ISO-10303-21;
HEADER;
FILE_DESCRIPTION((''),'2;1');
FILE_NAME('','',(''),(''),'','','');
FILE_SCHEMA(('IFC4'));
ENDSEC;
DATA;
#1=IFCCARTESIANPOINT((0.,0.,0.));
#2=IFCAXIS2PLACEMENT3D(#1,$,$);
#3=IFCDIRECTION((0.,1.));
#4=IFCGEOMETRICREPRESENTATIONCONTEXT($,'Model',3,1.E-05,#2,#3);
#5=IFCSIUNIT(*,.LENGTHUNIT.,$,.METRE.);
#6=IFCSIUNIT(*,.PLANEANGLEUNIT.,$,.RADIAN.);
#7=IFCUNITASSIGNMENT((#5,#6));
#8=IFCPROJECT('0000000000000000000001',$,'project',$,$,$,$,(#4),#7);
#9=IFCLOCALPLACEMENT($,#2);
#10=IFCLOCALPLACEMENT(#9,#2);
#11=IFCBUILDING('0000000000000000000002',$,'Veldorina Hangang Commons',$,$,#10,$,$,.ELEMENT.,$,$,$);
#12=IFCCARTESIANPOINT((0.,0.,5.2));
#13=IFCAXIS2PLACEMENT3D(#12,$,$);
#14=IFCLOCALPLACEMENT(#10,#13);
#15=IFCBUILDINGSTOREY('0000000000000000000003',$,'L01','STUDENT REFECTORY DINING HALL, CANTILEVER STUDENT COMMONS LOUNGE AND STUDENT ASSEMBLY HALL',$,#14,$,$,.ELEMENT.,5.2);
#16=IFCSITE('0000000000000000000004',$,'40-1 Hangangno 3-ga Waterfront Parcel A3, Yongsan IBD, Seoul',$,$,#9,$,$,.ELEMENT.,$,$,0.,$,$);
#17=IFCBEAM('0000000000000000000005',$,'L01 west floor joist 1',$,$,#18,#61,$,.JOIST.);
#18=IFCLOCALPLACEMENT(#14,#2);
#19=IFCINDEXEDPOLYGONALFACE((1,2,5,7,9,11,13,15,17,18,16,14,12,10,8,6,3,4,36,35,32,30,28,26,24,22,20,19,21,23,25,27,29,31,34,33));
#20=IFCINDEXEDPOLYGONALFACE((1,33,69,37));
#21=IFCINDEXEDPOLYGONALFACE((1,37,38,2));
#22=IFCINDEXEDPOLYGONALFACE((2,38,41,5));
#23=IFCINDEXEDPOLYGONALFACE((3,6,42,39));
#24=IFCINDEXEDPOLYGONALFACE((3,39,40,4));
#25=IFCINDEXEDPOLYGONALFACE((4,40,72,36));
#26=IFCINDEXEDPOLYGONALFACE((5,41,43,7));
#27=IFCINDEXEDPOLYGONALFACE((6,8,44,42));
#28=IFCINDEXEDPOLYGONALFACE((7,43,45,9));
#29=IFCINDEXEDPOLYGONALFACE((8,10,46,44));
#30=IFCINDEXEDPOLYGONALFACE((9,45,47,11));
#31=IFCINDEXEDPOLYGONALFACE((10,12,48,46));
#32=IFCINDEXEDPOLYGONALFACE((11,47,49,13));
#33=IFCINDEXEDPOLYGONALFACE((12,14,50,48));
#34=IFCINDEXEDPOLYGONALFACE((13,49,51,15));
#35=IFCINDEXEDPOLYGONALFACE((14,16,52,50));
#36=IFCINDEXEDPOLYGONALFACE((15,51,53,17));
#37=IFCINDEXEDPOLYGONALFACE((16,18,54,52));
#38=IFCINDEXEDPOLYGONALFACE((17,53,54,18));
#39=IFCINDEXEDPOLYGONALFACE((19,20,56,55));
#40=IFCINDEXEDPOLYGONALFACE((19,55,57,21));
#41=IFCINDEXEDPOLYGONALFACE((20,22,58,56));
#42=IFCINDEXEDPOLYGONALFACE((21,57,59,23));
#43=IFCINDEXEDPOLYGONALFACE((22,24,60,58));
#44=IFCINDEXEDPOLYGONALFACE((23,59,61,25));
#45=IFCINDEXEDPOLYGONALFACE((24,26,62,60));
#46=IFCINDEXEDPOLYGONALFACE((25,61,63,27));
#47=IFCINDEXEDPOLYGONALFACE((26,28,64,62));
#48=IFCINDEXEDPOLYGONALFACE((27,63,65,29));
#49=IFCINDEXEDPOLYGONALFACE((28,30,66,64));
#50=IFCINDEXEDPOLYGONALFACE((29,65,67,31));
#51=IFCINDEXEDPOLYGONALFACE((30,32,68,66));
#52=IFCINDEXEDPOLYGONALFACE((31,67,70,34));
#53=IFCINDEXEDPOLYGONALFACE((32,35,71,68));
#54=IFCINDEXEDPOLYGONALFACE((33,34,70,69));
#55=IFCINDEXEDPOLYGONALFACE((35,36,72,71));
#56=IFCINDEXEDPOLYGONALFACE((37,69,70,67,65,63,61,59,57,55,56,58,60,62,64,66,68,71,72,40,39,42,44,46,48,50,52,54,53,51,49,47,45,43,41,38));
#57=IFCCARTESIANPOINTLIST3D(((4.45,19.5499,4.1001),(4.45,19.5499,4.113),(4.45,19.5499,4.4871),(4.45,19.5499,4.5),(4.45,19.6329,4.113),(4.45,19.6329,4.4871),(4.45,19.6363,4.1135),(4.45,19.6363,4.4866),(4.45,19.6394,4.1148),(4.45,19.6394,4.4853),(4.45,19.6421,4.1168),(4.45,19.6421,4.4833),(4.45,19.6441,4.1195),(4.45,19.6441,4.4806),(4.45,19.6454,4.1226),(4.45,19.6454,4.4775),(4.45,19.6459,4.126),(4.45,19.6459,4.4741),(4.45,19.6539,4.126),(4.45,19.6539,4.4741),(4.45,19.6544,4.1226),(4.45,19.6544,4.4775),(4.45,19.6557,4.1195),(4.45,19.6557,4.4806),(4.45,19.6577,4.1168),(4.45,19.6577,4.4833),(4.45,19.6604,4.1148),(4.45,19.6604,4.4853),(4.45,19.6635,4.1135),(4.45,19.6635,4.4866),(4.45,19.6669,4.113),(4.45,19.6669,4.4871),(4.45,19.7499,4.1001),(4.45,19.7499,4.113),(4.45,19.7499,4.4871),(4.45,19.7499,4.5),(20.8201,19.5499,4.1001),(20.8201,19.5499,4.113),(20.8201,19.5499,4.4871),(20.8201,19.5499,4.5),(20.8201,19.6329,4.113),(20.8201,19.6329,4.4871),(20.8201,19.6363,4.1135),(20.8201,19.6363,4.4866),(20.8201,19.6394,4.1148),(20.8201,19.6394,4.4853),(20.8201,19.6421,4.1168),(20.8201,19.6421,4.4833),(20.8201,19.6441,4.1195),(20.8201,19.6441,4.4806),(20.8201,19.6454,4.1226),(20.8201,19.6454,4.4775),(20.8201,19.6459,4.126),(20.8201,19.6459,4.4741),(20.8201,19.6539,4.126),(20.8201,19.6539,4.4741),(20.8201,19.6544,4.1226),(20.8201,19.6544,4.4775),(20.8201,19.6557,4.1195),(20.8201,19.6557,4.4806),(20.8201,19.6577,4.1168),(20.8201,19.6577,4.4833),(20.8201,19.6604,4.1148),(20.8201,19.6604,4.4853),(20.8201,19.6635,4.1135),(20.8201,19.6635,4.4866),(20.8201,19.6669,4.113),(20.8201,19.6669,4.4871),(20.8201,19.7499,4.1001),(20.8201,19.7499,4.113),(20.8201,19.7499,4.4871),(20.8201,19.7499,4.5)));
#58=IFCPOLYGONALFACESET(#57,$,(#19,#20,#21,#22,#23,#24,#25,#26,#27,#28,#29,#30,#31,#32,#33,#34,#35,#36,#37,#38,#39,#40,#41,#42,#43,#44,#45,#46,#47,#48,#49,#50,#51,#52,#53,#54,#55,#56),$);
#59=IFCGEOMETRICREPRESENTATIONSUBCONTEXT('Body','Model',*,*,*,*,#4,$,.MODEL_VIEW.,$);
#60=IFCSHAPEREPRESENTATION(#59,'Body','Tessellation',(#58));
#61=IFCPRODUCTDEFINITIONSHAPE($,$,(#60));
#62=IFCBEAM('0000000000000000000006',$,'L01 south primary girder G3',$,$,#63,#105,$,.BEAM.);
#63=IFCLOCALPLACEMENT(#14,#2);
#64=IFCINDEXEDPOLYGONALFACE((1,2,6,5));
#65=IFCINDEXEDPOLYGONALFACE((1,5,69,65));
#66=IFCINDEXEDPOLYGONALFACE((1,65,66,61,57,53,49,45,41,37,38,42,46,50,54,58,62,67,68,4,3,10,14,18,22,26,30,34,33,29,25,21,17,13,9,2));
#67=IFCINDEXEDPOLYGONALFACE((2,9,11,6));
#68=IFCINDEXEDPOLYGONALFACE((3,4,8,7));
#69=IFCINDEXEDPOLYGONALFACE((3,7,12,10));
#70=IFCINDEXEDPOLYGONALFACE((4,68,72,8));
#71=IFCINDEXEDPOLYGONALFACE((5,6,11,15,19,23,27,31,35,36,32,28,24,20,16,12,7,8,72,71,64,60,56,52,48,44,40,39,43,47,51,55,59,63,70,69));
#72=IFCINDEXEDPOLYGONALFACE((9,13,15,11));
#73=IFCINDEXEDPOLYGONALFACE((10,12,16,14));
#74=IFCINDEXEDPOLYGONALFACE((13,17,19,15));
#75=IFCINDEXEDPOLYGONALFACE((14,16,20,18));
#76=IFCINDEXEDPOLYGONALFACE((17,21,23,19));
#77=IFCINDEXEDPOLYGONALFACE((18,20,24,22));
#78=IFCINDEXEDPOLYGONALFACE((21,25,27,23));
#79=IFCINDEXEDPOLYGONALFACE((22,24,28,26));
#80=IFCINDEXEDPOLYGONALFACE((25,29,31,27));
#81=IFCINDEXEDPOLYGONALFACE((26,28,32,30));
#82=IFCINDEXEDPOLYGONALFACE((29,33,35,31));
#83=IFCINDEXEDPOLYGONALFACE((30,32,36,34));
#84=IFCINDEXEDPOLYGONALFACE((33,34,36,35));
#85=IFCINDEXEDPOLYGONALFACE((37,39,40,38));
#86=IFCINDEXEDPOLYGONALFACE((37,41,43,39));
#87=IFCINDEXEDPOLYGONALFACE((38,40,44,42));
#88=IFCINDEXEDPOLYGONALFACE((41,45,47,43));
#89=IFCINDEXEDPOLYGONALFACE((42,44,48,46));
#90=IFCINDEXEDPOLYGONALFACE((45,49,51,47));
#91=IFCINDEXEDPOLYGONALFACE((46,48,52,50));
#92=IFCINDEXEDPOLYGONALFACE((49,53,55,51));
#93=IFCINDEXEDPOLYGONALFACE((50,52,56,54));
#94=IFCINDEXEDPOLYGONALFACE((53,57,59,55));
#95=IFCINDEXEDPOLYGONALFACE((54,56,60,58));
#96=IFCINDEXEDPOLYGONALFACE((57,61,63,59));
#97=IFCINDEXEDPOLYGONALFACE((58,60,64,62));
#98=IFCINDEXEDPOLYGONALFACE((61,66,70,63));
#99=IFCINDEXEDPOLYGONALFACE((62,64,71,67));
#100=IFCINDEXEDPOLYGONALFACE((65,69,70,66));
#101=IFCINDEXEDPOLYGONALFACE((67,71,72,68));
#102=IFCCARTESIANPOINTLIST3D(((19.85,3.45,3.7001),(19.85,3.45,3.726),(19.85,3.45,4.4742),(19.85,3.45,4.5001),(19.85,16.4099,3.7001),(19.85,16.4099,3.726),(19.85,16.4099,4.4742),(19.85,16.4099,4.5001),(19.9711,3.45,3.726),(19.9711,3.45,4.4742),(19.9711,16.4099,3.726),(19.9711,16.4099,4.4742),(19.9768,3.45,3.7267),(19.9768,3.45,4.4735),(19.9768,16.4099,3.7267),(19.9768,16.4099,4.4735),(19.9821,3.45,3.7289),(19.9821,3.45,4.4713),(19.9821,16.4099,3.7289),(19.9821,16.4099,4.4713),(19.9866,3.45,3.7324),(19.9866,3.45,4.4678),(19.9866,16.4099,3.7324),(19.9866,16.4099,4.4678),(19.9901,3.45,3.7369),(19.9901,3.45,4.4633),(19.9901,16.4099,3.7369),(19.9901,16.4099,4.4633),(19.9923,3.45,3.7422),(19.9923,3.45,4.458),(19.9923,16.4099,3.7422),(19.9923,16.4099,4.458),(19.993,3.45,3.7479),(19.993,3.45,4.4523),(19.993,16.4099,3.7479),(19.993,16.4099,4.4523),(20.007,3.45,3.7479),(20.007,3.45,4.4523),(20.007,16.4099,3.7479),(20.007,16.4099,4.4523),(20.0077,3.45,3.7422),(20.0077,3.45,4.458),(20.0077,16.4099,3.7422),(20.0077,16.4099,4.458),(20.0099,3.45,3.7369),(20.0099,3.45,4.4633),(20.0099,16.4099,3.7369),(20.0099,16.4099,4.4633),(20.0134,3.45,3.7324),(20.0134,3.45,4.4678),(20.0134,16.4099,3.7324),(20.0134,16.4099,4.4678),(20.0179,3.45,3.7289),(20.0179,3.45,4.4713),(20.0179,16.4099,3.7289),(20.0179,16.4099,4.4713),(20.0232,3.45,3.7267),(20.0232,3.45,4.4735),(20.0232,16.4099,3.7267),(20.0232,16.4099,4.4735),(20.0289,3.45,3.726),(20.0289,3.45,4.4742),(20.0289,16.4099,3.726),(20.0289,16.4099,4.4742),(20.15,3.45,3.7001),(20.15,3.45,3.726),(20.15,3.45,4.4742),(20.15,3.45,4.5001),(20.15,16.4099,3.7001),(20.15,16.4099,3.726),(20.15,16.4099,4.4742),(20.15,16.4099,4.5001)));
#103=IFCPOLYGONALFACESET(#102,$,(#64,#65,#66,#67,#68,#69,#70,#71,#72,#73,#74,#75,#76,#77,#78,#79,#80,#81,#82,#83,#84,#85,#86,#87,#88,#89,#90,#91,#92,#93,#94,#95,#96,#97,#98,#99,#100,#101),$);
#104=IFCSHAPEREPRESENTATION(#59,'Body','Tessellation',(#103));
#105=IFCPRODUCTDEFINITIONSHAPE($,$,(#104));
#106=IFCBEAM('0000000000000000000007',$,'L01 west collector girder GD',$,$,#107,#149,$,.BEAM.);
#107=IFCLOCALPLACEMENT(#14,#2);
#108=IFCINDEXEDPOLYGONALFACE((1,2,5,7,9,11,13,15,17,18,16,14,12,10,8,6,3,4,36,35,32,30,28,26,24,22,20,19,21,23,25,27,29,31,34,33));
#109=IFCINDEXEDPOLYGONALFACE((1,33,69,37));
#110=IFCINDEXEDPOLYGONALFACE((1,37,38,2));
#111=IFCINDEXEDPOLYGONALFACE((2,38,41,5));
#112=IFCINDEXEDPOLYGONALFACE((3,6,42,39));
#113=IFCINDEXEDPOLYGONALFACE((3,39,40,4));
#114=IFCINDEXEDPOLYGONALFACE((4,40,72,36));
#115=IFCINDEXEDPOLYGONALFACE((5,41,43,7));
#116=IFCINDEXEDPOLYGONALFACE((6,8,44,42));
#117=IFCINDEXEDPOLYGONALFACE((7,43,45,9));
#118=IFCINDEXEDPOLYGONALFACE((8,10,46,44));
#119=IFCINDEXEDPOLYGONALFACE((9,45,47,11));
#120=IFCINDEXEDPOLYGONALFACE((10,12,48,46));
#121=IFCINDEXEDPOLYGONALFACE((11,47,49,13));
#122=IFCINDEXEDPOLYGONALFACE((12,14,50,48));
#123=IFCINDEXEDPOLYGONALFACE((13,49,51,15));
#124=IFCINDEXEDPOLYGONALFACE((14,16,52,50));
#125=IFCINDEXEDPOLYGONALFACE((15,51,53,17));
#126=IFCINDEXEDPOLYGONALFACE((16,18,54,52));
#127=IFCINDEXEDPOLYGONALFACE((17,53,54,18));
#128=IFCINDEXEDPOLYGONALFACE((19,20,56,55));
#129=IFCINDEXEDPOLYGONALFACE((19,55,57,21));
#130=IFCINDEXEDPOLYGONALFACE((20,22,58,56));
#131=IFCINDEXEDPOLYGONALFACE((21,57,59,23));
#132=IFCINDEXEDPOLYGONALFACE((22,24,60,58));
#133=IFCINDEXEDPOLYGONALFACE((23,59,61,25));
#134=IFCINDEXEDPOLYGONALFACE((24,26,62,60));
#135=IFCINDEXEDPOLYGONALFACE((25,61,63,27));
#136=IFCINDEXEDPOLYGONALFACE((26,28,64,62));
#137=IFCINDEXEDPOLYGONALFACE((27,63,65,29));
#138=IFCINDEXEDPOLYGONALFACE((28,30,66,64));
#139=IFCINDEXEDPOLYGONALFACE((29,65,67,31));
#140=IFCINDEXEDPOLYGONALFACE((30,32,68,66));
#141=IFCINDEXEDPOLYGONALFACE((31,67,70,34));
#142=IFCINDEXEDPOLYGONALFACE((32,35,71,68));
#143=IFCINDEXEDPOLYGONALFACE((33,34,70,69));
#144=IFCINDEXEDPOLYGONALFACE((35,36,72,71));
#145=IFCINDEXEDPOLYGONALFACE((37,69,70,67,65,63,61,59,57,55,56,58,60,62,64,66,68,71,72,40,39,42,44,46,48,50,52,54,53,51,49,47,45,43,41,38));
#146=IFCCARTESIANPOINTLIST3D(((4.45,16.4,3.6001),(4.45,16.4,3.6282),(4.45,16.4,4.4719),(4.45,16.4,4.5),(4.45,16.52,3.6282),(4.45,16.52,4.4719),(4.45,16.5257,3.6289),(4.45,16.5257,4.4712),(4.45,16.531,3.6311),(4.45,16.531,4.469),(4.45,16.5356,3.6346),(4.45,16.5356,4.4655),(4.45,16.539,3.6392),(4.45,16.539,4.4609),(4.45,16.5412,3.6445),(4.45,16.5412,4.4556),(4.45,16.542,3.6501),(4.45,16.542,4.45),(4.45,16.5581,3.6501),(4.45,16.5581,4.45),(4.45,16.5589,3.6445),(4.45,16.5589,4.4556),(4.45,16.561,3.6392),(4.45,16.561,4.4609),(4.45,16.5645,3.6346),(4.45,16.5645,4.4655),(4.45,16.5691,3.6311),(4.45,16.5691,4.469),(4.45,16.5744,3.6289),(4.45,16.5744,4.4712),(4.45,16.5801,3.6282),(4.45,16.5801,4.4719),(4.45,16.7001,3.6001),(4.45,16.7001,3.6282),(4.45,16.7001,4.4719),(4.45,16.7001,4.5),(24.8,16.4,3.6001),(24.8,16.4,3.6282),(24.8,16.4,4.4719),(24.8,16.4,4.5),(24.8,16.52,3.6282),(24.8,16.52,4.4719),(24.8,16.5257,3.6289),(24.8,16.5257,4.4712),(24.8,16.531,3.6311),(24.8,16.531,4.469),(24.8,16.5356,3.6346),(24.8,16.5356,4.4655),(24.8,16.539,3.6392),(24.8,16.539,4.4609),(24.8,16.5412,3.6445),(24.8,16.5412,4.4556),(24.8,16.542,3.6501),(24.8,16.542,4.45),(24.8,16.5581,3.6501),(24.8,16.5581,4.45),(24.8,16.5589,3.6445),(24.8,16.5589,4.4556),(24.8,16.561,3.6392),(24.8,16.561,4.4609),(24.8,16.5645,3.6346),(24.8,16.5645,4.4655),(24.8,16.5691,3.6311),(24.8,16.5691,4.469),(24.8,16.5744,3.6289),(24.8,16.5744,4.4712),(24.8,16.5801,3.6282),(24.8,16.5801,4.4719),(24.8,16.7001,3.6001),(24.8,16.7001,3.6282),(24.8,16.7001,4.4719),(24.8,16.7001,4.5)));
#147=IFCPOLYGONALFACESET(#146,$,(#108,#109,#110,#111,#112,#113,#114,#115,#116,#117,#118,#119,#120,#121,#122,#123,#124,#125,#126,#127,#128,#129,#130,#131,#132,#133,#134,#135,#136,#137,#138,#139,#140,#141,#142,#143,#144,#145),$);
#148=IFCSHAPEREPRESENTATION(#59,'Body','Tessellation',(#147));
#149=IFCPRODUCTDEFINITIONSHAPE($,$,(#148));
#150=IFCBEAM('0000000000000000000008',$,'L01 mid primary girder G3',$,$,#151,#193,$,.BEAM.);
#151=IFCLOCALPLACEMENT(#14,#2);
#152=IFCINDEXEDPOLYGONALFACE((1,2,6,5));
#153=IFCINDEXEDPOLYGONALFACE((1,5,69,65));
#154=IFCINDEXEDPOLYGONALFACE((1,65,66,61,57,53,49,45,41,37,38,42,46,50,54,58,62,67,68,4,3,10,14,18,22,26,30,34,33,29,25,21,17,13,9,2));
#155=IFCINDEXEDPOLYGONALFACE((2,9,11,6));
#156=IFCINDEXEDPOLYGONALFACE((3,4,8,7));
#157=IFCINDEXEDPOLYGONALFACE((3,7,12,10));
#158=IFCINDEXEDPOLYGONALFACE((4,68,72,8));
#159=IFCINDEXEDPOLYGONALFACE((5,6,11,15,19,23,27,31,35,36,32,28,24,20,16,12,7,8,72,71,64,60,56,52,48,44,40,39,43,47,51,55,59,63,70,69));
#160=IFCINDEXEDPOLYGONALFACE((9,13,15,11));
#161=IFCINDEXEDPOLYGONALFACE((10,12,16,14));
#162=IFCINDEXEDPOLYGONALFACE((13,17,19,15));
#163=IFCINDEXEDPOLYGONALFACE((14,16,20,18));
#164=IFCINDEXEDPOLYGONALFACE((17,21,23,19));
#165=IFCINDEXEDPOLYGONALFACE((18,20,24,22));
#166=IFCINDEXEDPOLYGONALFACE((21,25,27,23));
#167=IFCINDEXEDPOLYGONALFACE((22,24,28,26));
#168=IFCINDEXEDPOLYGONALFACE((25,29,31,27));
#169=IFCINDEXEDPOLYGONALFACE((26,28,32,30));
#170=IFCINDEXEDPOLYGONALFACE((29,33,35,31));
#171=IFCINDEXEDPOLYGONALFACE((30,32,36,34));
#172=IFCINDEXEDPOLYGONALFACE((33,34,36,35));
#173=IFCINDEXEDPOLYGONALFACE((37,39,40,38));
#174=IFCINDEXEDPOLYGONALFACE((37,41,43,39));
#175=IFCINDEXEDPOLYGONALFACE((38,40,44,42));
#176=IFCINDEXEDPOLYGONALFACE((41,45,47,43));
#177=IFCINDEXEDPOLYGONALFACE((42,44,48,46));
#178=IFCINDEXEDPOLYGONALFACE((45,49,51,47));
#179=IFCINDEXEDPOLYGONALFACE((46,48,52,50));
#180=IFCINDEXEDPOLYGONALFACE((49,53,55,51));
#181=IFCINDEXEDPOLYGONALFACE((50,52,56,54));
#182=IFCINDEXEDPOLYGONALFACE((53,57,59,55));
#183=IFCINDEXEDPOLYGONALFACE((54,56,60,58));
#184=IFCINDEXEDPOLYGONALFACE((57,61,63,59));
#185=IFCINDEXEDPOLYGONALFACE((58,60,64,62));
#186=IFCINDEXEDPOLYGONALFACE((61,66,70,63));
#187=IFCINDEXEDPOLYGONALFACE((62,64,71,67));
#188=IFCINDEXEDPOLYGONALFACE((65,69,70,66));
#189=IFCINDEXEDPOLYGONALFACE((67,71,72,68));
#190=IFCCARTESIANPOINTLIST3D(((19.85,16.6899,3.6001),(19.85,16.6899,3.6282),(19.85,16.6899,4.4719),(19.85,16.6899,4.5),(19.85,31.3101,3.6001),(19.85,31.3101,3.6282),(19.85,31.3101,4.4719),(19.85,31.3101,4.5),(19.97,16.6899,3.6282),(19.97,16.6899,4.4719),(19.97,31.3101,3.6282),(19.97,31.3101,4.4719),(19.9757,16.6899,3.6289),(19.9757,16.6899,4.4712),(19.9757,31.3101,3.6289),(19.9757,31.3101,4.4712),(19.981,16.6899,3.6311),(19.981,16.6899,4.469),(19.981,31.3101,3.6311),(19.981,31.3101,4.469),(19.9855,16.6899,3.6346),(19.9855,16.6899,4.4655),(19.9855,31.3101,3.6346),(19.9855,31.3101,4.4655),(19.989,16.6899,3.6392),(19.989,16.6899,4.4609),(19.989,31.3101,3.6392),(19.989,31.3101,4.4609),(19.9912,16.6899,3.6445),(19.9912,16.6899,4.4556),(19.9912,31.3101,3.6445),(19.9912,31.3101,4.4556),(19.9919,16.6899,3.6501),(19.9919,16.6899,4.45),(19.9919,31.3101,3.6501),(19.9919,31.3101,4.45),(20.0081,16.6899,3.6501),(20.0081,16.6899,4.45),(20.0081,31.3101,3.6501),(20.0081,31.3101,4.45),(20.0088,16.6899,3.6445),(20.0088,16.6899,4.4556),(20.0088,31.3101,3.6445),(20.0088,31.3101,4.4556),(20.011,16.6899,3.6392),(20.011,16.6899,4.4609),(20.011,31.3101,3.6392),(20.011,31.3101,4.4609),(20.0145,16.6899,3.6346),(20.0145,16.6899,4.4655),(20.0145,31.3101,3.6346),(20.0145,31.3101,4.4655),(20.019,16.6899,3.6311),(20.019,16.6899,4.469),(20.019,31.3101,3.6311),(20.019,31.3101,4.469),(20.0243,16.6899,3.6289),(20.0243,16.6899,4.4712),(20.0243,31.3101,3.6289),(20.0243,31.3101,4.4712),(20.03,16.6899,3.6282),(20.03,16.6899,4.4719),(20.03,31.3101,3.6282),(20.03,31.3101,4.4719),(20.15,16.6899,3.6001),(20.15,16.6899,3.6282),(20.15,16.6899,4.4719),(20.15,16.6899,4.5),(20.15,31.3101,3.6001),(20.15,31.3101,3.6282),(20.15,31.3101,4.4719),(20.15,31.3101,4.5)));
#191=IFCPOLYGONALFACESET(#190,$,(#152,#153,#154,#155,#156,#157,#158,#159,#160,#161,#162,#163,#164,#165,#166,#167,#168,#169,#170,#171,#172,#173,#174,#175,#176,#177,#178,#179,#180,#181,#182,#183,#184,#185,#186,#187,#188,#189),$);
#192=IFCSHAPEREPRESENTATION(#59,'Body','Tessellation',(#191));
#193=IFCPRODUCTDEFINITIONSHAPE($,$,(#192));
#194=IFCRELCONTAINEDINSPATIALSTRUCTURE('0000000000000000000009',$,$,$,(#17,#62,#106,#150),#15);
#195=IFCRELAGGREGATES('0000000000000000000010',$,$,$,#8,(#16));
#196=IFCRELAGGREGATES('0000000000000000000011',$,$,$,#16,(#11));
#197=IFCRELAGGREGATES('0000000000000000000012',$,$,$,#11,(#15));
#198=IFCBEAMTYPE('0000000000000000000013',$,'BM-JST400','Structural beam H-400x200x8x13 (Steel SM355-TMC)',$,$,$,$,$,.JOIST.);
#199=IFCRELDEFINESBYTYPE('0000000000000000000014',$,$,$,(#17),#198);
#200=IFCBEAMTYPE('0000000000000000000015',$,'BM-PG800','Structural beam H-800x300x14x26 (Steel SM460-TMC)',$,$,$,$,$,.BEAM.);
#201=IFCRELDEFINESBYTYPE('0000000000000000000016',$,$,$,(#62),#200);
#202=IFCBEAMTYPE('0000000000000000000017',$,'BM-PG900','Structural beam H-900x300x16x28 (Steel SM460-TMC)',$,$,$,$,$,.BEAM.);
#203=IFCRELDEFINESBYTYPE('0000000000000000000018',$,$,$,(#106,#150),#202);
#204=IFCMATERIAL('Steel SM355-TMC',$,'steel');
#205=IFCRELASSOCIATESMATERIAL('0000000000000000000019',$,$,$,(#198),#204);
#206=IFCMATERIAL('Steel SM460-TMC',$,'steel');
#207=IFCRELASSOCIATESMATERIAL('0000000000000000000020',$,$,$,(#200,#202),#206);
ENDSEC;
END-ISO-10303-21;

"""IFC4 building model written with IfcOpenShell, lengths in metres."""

from ifc_helpers import new_model, si_unit, direction, frame, origin, origin_2d, place, context, subcontext, project, spatial, i_section, extrude, material, material_profile, profile_set, type_object, element, save


model = new_model("IFC4")

# Units and contexts
model_context = context("Model", 3, precision=1e-05, world=origin(), true_north=direction((0.0, 1.0)))
body_context = subcontext(model_context, "Body", "Model", "MODEL_VIEW")
ifc_project = project(units=[si_unit("LENGTHUNIT", "METRE"), si_unit("PLANEANGLEUNIT", "RADIAN")], contexts=[model_context])

# Site, building, storey
site_placement = place(None, origin())
site = spatial("IfcSite", under=ifc_project, at=site_placement, Name="40-1 Hangangno 3-ga Waterfront Parcel A3, Yongsan IBD, Seoul", CompositionType="ELEMENT", RefElevation=0.0)
building_placement = place(site_placement, origin())
building = spatial("IfcBuilding", under=site, at=building_placement, Name="Veldorina Hangang Commons", CompositionType="ELEMENT")
storey_placement = place(building_placement, frame((0.0, 0.0, 5.2)))
storey = spatial("IfcBuildingStorey", under=building, at=storey_placement, Name="L01", Description="STUDENT REFECTORY DINING HALL, CANTILEVER STUDENT COMMONS LOUNGE AND STUDENT ASSEMBLY HALL", CompositionType="ELEMENT", Elevation=5.2)

# Shared definitions
ifc_material_1 = material(Name="Steel SM460-TMC", Category="steel")
ifc_material_2 = material(Name="Steel SM355-TMC", Category="steel")

# Beams
ifc_material_profile_1 = material_profile(ifc_material_2, i_section(OverallWidth=0.2, OverallDepth=0.3999, WebThickness=0.0081, FlangeThickness=0.0129, FilletRadius=0.0129, at=origin_2d()), Name="H-400x200x8x13")
ifc_profile_set_1 = profile_set([ifc_material_profile_1], Name="Steel SM355-TMC")
beam_type_1 = type_object("IfcBeamType", Name="BM-JST400", Description="Structural beam H-400x200x8x13 (Steel SM355-TMC)", PredefinedType="JOIST", material=ifc_profile_set_1)
beam_1_placement = place(storey_placement, frame((4.45, 19.6499, 4.3), z_axis=(1.0, 0.0, 0.0), x_axis=(0.0, 1.0, 0.0)))
element("IfcBeam", 1, at=beam_1_placement, inside=storey, type_object=beam_type_1, Name="L01 west floor joist 1", PredefinedType="JOIST", context=body_context, shape_type="SweptSolid", body=[
    extrude(i_section(OverallWidth=0.2, OverallDepth=0.3999, WebThickness=0.0081, FlangeThickness=0.0129, FilletRadius=0.0129, at=origin_2d()), origin(), (0.0, 0.0, 1.0), 16.3701),
])
ifc_material_profile_2 = material_profile(ifc_material_1, i_section(OverallWidth=0.3, OverallDepth=0.8, WebThickness=0.0139, FlangeThickness=0.0259, FilletRadius=0.022, at=origin_2d()), Name="H-800x300x14x26")
ifc_profile_set_2 = profile_set([ifc_material_profile_2], Name="Steel SM460-TMC")
beam_type_2 = type_object("IfcBeamType", Name="BM-PG800", Description="Structural beam H-800x300x14x26 (Steel SM460-TMC)", PredefinedType="BEAM", material=ifc_profile_set_2)
beam_2_placement = place(storey_placement, frame((20.0, 3.45, 4.1001), z_axis=(0.0, 1.0, 0.0), x_axis=(-1.0, 0.0, 0.0)))
element("IfcBeam", 2, at=beam_2_placement, inside=storey, type_object=beam_type_2, Name="L01 south primary girder G3", PredefinedType="BEAM", context=body_context, shape_type="SweptSolid", body=[
    extrude(i_section(OverallWidth=0.3, OverallDepth=0.8, WebThickness=0.0139, FlangeThickness=0.0259, FilletRadius=0.022, at=origin_2d()), origin(), (0.0, 0.0, 1.0), 12.96),
])
ifc_material_profile_3 = material_profile(ifc_material_1, i_section(OverallWidth=0.3, OverallDepth=0.8999, WebThickness=0.0161, FlangeThickness=0.0281, FilletRadius=0.022, at=origin_2d()), Name="H-900x300x16x28")
ifc_profile_set_3 = profile_set([ifc_material_profile_3], Name="Steel SM460-TMC")
beam_type_3 = type_object("IfcBeamType", Name="BM-PG900", Description="Structural beam H-900x300x16x28 (Steel SM460-TMC)", PredefinedType="BEAM", material=ifc_profile_set_3)
beam_3_placement = place(storey_placement, frame((4.45, 16.55, 4.05), z_axis=(1.0, 0.0, 0.0), x_axis=(0.0, 1.0, 0.0)))
element("IfcBeam", 3, at=beam_3_placement, inside=storey, type_object=beam_type_3, Name="L01 west collector girder GD", PredefinedType="BEAM", context=body_context, shape_type="SweptSolid", body=[
    extrude(i_section(OverallWidth=0.3, OverallDepth=0.8999, WebThickness=0.0161, FlangeThickness=0.0281, FilletRadius=0.022, at=origin_2d()), origin(), (0.0, 0.0, 1.0), 20.3501),
])
beam_4_placement = place(storey_placement, frame((20.0, 16.6899, 4.05), z_axis=(0.0, 1.0, 0.0), x_axis=(-1.0, 0.0, 0.0)))
element("IfcBeam", 4, at=beam_4_placement, inside=storey, type_object=beam_type_3, Name="L01 mid primary girder G3", PredefinedType="BEAM", context=body_context, shape_type="SweptSolid", body=[
    extrude(i_section(OverallWidth=0.3, OverallDepth=0.8999, WebThickness=0.0161, FlangeThickness=0.0281, FilletRadius=0.022, at=origin_2d()), origin(), (0.0, 0.0, 1.0), 14.6201),
])

save(model, "model.ifc")
